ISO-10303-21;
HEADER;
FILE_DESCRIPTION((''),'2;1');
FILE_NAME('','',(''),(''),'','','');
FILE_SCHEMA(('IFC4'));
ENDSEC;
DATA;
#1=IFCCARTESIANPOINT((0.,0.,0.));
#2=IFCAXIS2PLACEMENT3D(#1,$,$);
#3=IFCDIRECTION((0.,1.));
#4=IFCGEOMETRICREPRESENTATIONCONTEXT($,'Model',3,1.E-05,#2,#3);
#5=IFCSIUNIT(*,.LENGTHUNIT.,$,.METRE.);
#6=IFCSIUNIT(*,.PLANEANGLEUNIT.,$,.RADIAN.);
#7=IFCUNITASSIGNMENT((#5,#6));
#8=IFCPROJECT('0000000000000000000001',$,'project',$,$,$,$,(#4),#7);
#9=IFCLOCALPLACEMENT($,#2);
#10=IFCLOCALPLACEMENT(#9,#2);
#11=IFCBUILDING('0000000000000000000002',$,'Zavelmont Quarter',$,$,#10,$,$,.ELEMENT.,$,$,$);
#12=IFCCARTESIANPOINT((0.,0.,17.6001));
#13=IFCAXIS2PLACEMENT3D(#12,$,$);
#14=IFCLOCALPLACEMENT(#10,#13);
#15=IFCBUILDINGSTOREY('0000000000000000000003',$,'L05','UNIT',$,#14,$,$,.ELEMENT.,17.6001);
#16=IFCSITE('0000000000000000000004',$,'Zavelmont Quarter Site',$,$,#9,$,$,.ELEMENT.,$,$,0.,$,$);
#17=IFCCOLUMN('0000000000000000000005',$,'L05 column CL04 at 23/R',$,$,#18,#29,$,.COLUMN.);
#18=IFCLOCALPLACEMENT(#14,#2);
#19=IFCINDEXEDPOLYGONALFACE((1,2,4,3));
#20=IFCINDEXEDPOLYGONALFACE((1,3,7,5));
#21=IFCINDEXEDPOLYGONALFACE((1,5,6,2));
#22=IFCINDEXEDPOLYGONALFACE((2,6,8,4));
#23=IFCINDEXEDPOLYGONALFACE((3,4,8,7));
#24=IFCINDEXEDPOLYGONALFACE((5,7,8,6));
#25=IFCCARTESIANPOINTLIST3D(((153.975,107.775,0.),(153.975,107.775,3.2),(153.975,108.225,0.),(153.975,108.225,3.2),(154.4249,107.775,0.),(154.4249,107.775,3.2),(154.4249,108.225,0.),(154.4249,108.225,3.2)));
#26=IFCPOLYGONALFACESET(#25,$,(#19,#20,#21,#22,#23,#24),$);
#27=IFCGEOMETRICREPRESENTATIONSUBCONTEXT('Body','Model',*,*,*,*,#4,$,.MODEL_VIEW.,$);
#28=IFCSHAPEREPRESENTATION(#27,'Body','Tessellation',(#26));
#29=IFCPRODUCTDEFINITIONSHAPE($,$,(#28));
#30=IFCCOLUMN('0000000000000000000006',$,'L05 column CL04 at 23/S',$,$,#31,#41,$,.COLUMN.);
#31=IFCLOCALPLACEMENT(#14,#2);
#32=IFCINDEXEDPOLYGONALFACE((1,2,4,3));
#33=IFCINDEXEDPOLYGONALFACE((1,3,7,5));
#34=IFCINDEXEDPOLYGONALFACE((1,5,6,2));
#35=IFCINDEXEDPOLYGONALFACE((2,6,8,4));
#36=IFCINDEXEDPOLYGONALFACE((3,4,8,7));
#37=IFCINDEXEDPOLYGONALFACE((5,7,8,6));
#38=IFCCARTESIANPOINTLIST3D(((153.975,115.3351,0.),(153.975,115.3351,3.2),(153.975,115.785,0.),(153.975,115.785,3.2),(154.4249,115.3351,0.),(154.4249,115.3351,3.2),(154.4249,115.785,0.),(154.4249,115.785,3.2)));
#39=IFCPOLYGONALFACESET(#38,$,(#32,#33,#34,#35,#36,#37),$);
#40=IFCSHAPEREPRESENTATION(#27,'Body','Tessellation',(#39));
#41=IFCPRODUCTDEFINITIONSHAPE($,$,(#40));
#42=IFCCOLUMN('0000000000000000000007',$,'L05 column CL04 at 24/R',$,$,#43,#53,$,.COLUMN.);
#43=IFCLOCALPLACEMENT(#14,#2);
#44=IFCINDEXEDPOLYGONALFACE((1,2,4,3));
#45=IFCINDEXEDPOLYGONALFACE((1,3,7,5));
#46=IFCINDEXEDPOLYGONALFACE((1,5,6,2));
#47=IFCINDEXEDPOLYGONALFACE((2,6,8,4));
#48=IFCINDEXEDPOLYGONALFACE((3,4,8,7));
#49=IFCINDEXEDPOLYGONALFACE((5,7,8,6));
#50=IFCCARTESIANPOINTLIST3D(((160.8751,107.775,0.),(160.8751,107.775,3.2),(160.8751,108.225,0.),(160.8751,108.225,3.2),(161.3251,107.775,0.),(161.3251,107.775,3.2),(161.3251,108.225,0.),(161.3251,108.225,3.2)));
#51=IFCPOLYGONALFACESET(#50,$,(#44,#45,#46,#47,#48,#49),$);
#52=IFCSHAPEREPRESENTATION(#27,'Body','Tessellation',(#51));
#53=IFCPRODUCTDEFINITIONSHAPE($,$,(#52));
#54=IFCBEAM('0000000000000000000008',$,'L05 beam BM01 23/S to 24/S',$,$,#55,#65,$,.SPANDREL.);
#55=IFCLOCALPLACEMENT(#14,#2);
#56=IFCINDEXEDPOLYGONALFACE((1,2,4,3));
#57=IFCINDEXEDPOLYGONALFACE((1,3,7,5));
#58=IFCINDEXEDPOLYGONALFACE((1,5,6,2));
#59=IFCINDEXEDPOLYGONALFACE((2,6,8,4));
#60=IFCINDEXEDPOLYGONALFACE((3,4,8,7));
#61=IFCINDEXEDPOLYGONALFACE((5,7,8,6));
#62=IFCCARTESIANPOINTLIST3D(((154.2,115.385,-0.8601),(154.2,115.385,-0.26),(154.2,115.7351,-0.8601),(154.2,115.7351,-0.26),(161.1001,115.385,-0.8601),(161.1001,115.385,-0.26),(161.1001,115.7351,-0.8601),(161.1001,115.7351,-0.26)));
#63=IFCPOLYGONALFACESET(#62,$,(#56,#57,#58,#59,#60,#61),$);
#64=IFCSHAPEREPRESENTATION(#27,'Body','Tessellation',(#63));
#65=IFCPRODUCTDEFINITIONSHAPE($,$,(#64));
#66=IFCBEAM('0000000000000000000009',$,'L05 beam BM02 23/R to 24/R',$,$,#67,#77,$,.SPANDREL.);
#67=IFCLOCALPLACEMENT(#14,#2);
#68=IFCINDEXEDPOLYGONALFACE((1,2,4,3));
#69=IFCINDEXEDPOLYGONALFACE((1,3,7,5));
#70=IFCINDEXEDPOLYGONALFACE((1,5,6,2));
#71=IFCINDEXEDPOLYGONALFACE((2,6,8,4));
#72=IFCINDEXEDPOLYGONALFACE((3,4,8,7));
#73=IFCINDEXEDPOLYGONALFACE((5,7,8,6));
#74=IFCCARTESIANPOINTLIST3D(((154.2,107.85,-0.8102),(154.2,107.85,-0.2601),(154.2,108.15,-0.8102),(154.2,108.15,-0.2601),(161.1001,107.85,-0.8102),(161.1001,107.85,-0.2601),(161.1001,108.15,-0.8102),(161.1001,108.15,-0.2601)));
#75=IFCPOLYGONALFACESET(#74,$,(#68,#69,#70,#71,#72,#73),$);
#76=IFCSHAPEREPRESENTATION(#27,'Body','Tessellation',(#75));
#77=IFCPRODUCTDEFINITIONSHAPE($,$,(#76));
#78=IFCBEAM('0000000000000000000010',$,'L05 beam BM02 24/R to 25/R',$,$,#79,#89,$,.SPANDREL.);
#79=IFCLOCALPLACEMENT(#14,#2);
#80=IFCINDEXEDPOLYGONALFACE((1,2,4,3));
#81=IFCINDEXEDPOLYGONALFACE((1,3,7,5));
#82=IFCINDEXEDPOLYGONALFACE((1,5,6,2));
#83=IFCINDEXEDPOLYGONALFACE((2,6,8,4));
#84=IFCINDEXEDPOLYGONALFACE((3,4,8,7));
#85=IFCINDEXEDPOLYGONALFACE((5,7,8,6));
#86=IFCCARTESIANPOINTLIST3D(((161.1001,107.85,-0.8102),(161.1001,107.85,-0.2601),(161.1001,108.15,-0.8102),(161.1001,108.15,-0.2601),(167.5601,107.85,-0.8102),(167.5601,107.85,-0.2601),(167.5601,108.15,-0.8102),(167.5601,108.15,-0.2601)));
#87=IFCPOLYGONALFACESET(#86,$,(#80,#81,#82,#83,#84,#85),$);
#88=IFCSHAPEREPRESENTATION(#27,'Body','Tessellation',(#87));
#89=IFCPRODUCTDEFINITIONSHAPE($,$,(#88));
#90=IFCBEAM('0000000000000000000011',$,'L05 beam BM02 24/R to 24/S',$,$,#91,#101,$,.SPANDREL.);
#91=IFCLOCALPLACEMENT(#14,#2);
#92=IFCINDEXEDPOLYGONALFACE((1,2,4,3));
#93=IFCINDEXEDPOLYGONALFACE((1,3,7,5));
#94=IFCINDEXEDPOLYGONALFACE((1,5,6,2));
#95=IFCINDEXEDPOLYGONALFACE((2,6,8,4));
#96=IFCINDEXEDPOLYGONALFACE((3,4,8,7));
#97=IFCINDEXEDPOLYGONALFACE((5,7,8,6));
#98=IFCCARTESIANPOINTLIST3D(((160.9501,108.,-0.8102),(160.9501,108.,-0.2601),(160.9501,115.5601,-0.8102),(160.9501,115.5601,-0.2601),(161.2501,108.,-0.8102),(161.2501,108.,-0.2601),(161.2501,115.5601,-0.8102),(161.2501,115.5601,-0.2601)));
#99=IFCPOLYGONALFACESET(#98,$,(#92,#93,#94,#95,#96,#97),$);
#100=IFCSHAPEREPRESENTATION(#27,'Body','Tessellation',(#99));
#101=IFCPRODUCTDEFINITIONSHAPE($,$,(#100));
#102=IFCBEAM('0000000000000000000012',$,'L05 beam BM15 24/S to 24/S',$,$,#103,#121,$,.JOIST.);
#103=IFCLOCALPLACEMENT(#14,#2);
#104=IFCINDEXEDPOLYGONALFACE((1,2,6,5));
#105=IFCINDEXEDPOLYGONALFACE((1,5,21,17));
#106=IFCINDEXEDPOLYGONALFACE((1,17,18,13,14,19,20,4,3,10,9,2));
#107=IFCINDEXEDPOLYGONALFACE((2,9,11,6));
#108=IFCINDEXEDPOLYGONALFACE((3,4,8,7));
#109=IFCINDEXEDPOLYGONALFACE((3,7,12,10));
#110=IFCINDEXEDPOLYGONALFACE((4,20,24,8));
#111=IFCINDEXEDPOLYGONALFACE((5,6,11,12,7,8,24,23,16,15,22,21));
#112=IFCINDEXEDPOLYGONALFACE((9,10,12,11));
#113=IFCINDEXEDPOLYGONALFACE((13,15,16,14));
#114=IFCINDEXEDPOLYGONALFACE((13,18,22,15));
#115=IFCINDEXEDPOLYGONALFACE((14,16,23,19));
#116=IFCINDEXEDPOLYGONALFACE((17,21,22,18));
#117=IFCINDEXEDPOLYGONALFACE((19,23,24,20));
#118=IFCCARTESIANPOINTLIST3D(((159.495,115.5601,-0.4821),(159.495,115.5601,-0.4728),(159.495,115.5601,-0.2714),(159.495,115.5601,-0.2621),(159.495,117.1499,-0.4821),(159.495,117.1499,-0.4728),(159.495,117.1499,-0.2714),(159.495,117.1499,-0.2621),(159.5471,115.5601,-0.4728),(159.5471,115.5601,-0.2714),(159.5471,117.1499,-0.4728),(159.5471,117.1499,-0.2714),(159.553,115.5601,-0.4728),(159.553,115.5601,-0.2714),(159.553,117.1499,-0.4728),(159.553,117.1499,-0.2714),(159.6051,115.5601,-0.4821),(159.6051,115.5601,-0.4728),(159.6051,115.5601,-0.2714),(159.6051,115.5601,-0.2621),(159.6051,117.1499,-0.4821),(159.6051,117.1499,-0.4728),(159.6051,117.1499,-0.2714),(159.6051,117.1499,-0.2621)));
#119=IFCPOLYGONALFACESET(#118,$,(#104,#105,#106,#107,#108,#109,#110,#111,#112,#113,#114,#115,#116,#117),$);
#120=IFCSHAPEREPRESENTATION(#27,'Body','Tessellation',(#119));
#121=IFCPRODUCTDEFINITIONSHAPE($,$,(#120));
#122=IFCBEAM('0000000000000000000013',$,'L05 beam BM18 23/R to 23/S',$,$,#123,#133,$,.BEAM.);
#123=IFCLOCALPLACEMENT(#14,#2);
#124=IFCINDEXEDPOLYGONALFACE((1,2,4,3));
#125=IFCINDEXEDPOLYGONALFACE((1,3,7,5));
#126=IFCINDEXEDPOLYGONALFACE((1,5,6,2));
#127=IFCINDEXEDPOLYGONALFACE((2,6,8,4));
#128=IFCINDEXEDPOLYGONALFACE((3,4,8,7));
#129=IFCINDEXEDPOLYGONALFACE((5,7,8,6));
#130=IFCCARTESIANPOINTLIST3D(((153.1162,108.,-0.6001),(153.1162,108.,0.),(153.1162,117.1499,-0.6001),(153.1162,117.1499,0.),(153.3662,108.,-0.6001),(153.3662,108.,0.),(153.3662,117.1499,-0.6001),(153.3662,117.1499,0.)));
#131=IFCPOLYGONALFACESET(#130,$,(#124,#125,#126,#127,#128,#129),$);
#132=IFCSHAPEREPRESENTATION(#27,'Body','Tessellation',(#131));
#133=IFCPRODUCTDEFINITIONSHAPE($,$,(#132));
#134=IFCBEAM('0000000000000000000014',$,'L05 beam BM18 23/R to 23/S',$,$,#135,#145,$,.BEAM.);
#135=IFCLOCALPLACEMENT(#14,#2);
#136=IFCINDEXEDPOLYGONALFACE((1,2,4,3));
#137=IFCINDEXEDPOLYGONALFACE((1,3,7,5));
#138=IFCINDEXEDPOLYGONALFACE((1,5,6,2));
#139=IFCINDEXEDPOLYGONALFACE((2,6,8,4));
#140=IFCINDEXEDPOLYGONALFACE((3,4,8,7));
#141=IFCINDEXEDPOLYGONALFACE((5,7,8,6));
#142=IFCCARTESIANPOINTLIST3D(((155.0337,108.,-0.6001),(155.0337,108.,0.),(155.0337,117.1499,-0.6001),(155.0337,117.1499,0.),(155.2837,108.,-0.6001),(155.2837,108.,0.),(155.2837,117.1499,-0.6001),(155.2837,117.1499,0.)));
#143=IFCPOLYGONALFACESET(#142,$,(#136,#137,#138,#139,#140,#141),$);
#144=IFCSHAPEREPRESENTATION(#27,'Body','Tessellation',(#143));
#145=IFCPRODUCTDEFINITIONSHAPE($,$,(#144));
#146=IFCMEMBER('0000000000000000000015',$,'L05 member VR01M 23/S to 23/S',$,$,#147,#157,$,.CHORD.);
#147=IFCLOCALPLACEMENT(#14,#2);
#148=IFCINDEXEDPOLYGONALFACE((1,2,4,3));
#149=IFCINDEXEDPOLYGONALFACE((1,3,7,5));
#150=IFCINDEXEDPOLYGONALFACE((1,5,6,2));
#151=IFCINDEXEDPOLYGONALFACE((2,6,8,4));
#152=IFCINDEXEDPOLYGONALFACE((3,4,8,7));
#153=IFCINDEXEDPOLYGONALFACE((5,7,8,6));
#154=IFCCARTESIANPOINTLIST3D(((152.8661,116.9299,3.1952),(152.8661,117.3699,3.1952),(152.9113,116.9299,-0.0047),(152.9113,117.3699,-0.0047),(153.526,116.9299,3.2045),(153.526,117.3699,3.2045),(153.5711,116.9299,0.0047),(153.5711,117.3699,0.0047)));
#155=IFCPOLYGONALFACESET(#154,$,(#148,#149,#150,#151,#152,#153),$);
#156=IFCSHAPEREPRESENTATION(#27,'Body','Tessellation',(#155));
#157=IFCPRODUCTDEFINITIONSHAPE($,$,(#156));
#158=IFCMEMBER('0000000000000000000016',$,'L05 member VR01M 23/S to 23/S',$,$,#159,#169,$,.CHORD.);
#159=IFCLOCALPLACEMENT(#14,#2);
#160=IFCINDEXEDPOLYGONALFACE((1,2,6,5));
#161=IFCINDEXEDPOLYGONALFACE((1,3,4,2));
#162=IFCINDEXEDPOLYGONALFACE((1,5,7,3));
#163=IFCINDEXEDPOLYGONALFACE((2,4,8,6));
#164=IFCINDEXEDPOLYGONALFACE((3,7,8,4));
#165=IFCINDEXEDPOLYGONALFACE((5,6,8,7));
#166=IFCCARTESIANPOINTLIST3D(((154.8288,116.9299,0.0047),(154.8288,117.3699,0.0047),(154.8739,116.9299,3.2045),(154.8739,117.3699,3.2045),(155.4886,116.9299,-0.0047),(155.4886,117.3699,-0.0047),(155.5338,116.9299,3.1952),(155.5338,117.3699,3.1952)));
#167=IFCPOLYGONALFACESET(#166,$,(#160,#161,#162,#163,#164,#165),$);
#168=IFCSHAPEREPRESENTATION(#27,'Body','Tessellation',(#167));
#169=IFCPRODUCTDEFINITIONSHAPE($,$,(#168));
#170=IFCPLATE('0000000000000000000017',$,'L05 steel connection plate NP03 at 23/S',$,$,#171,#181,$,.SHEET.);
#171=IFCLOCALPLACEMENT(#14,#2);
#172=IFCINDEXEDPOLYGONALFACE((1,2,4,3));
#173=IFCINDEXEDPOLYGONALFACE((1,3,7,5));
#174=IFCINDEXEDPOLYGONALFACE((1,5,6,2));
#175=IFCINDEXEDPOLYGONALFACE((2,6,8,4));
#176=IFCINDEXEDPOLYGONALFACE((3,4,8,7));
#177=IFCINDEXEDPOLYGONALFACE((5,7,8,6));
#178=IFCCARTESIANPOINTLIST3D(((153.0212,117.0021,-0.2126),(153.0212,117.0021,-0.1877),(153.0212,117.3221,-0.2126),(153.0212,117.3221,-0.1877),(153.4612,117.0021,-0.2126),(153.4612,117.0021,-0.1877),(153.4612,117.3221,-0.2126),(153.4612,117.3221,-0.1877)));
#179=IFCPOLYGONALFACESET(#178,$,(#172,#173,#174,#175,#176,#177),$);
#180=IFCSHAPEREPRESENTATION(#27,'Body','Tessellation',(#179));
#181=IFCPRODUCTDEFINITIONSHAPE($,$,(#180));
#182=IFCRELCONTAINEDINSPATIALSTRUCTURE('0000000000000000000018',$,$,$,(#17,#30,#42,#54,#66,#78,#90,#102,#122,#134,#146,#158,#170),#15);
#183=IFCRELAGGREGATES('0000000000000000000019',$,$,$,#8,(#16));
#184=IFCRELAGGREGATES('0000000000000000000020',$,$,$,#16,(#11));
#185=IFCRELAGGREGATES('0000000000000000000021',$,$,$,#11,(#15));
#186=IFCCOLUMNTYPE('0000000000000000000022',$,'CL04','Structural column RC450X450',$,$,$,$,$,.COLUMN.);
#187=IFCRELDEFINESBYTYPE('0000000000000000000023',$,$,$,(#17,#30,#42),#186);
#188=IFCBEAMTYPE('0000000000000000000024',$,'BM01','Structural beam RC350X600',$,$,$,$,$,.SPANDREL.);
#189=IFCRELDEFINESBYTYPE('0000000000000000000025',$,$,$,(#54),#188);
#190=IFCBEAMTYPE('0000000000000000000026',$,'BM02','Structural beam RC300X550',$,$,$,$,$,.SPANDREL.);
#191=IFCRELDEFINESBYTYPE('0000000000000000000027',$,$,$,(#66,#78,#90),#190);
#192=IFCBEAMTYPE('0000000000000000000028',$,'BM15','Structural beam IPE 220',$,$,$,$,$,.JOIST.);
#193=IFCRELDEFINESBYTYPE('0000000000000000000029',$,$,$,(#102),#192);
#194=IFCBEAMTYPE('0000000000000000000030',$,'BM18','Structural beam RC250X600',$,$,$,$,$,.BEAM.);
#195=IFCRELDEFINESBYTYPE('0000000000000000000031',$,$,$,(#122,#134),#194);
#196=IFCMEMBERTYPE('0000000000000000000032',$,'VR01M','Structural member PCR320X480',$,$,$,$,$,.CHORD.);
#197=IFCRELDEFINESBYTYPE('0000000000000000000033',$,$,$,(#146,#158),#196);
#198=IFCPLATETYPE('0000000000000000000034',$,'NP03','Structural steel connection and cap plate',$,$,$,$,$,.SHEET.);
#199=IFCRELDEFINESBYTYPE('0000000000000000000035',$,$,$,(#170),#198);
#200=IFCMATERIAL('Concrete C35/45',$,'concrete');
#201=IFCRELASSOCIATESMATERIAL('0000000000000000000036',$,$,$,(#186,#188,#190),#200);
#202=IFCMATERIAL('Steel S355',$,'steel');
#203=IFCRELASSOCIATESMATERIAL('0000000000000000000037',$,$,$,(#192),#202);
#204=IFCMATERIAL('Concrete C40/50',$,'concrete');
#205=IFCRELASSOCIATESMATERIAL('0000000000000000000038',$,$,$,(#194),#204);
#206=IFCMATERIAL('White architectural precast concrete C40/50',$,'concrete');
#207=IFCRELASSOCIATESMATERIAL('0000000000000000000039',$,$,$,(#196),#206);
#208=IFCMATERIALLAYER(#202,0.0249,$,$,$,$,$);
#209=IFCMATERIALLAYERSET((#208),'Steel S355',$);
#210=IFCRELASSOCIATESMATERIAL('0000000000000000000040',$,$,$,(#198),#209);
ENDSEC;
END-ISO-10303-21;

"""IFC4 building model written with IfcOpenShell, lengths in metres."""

from ifc_helpers import new_model, si_unit, direction, frame, origin, origin_2d, place, context, subcontext, project, spatial, rectangle, i_section, extrude, material, layer, layer_set, material_profile, profile_set, type_object, element, save


model = new_model("IFC4")

# Units and contexts
model_context = context("Model", 3, precision=1e-05, world=origin(), true_north=direction((0.0, 1.0)))
body_context = subcontext(model_context, "Body", "Model", "MODEL_VIEW")
ifc_project = project(units=[si_unit("LENGTHUNIT", "METRE"), si_unit("PLANEANGLEUNIT", "RADIAN")], contexts=[model_context])

# Site, building, storey
site_placement = place(None, origin())
site = spatial("IfcSite", under=ifc_project, at=site_placement, Name="Zavelmont Quarter Site", CompositionType="ELEMENT", RefElevation=0.0)
building_placement = place(site_placement, origin())
building = spatial("IfcBuilding", under=site, at=building_placement, Name="Zavelmont Quarter", CompositionType="ELEMENT")
storey_placement = place(building_placement, frame((0.0, 0.0, 17.6001)))
storey = spatial("IfcBuildingStorey", under=building, at=storey_placement, Name="L05", Description="UNIT", CompositionType="ELEMENT", Elevation=17.6001)

# Columns
ifc_material_1 = material(Name="Concrete C35/45", Category="concrete")
ifc_material_profile_1 = material_profile(ifc_material_1, rectangle(XDim=0.45, YDim=0.45, at=origin_2d()), Name="RC450X450")
ifc_profile_set_1 = profile_set([ifc_material_profile_1], Name="Concrete C35/45")
column_type = type_object("IfcColumnType", Name="CL04", Description="Structural column RC450X450", PredefinedType="COLUMN", material=ifc_profile_set_1)
for number, where, z_axis, x_axis, name in (
    (1, (154.2, 108.0, 0.0), (0.0, 0.0, 1.0), (1.0, 0.0, 0.0), "L05 column CL04 at 23/R"),
    (2, (154.2, 115.5601, 0.0), (0.0, 0.0, 1.0), (1.0, 0.0, 0.0), "L05 column CL04 at 23/S"),
    (3, (161.1001, 108.0, 0.0), (0.0, 0.0, 1.0), (1.0, 0.0, 0.0), "L05 column CL04 at 24/R"),
):
    element("IfcColumn", number, at=place(storey_placement, frame(where, z_axis=z_axis, x_axis=x_axis)), inside=storey, type_object=column_type, Name=name, PredefinedType="COLUMN", context=body_context, shape_type="SweptSolid", body=[
        extrude(rectangle(XDim=0.45, YDim=0.45, at=origin_2d()), origin(), (0.0, 0.0, 1.0), 3.2),
    ])

# Beams
ifc_material_profile_2 = material_profile(ifc_material_1, rectangle(XDim=0.3501, YDim=0.6001, at=origin_2d()), Name="RC350X600")
ifc_profile_set_2 = profile_set([ifc_material_profile_2], Name="Concrete C35/45")
beam_type_1 = type_object("IfcBeamType", Name="BM01", Description="Structural beam RC350X600", PredefinedType="SPANDREL", material=ifc_profile_set_2)
beam_1_placement = place(storey_placement, frame((154.2, 115.5601, -0.5601), z_axis=(1.0, 0.0, 0.0), x_axis=(0.0, 1.0, 0.0)))
element("IfcBeam", 4, at=beam_1_placement, inside=storey, type_object=beam_type_1, Name="L05 beam BM01 23/S to 24/S", PredefinedType="SPANDREL", context=body_context, shape_type="SweptSolid", body=[
    extrude(rectangle(XDim=0.3501, YDim=0.6001, at=origin_2d()), origin(), (0.0, 0.0, 1.0), 6.9001),
])
ifc_material_profile_3 = material_profile(ifc_material_1, rectangle(XDim=0.3, YDim=0.55, at=origin_2d()), Name="RC300X550")
ifc_profile_set_3 = profile_set([ifc_material_profile_3], Name="Concrete C35/45")
beam_type_2 = type_object("IfcBeamType", Name="BM02", Description="Structural beam RC300X550", PredefinedType="SPANDREL", material=ifc_profile_set_3)
beam_2_placement = place(storey_placement, frame((154.2, 108.0, -0.5352), z_axis=(1.0, 0.0, 0.0), x_axis=(0.0, 1.0, 0.0)))
element("IfcBeam", 5, at=beam_2_placement, inside=storey, type_object=beam_type_2, Name="L05 beam BM02 23/R to 24/R", PredefinedType="SPANDREL", context=body_context, shape_type="SweptSolid", body=[
    extrude(rectangle(XDim=0.3, YDim=0.55, at=origin_2d()), origin(), (0.0, 0.0, 1.0), 6.9001),
])
beam_3_placement = place(storey_placement, frame((161.1001, 108.0, -0.5352), z_axis=(1.0, 0.0, 0.0), x_axis=(0.0, 1.0, 0.0)))
element("IfcBeam", 6, at=beam_3_placement, inside=storey, type_object=beam_type_2, Name="L05 beam BM02 24/R to 25/R", PredefinedType="SPANDREL", context=body_context, shape_type="SweptSolid", body=[
    extrude(rectangle(XDim=0.3, YDim=0.55, at=origin_2d()), origin(), (0.0, 0.0, 1.0), 6.46),
])
beam_4_placement = place(storey_placement, frame((161.1001, 108.0, -0.5352), z_axis=(0.0, 1.0, 0.0), x_axis=(-1.0, 0.0, 0.0)))
element("IfcBeam", 7, at=beam_4_placement, inside=storey, type_object=beam_type_2, Name="L05 beam BM02 24/R to 24/S", PredefinedType="SPANDREL", context=body_context, shape_type="SweptSolid", body=[
    extrude(rectangle(XDim=0.3, YDim=0.55, at=origin_2d()), origin(), (0.0, 0.0, 1.0), 7.5601),
])
ifc_material_2 = material(Name="Steel S355", Category="steel")
ifc_material_profile_4 = material_profile(ifc_material_2, i_section(OverallWidth=0.1101, OverallDepth=0.22, WebThickness=0.0059, FlangeThickness=0.0093, at=origin_2d()), Name="IPE 220")
ifc_profile_set_4 = profile_set([ifc_material_profile_4], Name="Steel S355")
beam_type_3 = type_object("IfcBeamType", Name="BM15", Description="Structural beam IPE 220", PredefinedType="JOIST", material=ifc_profile_set_4)
beam_5_placement = place(storey_placement, frame((159.55, 115.5601, -0.3721), z_axis=(0.0, 1.0, 0.0), x_axis=(-1.0, 0.0, 0.0)))
element("IfcBeam", 8, at=beam_5_placement, inside=storey, type_object=beam_type_3, Name="L05 beam BM15 24/S to 24/S", PredefinedType="JOIST", context=body_context, shape_type="SweptSolid", body=[
    extrude(i_section(OverallWidth=0.1101, OverallDepth=0.22, WebThickness=0.0059, FlangeThickness=0.0093, at=origin_2d()), origin(), (0.0, 0.0, 1.0), 1.5898),
])
ifc_material_3 = material(Name="Concrete C40/50", Category="concrete")
ifc_material_profile_5 = material_profile(ifc_material_3, rectangle(XDim=0.25, YDim=0.6001, at=origin_2d()), Name="RC250X600")
ifc_profile_set_5 = profile_set([ifc_material_profile_5], Name="Concrete C40/50")
beam_type_4 = type_object("IfcBeamType", Name="BM18", Description="Structural beam RC250X600", PredefinedType="BEAM", material=ifc_profile_set_5)
for number, where, z_axis, x_axis, name in (
    (9, (153.2412, 108.0, -0.3), (0.0, 1.0, 0.0), (-1.0, 0.0, 0.0), "L05 beam BM18 23/R to 23/S"),
    (10, (155.1587, 108.0, -0.3), (0.0, 1.0, 0.0), (-1.0, 0.0, 0.0), "L05 beam BM18 23/R to 23/S"),
):
    element("IfcBeam", number, at=place(storey_placement, frame(where, z_axis=z_axis, x_axis=x_axis)), inside=storey, type_object=beam_type_4, Name=name, PredefinedType="BEAM", context=body_context, shape_type="SweptSolid", body=[
        extrude(rectangle(XDim=0.25, YDim=0.6001, at=origin_2d()), origin(), (0.0, 0.0, 1.0), 9.1499),
    ])

# Members
ifc_material_4 = material(Name="White architectural precast concrete C40/50", Category="concrete")
ifc_material_profile_6 = material_profile(ifc_material_4, rectangle(XDim=0.4399, YDim=0.6599, at=origin_2d()), Name="PCR320X480")
ifc_profile_set_6 = profile_set([ifc_material_profile_6], Name="White architectural precast concrete C40/50")
member_type = type_object("IfcMemberType", Name="VR01M", Description="Structural member PCR320X480", PredefinedType="CHORD", material=ifc_profile_set_6)
for number, where, z_axis, x_axis, name in (
    (11, (153.2412, 117.1499, 0.0), (-0.014113, 0.0, 0.9999), (0.0, -1.0, 0.0), "L05 member VR01M 23/S to 23/S"),
    (12, (155.1587, 117.1499, 0.0), (0.014113, 0.0, 0.9999), (0.0, 1.0, 0.0), "L05 member VR01M 23/S to 23/S"),
):
    element("IfcMember", number, at=place(storey_placement, frame(where, z_axis=z_axis, x_axis=x_axis)), inside=storey, type_object=member_type, Name=name, PredefinedType="CHORD", context=body_context, shape_type="SweptSolid", body=[
        extrude(rectangle(XDim=0.4399, YDim=0.6599, at=origin_2d()), origin(), (0.0, 0.0, 1.0), 3.2002),
    ])

# Plate
ifc_layer_1 = layer(ifc_material_2, 0.0249)
ifc_layer_set_1 = layer_set([ifc_layer_1], Name="Steel S355")
plate_type_1 = type_object("IfcPlateType", Name="NP03", Description="Structural steel connection and cap plate", PredefinedType="SHEET", material=ifc_layer_set_1)
plate_1_placement = place(storey_placement, frame((153.2412, 117.1621, -0.2126), z_axis=(0.0, 0.0, 1.0), x_axis=(1.0, 0.0, 0.0)))
element("IfcPlate", 13, at=plate_1_placement, inside=storey, type_object=plate_type_1, Name="L05 steel connection plate NP03 at 23/S", PredefinedType="SHEET", context=body_context, shape_type="SweptSolid", body=[
    extrude(rectangle(XDim=0.4399, YDim=0.3201, at=origin_2d()), origin(), (0.0, 0.0, 1.0), 0.0249),
])

save(model, "model.ifc")
